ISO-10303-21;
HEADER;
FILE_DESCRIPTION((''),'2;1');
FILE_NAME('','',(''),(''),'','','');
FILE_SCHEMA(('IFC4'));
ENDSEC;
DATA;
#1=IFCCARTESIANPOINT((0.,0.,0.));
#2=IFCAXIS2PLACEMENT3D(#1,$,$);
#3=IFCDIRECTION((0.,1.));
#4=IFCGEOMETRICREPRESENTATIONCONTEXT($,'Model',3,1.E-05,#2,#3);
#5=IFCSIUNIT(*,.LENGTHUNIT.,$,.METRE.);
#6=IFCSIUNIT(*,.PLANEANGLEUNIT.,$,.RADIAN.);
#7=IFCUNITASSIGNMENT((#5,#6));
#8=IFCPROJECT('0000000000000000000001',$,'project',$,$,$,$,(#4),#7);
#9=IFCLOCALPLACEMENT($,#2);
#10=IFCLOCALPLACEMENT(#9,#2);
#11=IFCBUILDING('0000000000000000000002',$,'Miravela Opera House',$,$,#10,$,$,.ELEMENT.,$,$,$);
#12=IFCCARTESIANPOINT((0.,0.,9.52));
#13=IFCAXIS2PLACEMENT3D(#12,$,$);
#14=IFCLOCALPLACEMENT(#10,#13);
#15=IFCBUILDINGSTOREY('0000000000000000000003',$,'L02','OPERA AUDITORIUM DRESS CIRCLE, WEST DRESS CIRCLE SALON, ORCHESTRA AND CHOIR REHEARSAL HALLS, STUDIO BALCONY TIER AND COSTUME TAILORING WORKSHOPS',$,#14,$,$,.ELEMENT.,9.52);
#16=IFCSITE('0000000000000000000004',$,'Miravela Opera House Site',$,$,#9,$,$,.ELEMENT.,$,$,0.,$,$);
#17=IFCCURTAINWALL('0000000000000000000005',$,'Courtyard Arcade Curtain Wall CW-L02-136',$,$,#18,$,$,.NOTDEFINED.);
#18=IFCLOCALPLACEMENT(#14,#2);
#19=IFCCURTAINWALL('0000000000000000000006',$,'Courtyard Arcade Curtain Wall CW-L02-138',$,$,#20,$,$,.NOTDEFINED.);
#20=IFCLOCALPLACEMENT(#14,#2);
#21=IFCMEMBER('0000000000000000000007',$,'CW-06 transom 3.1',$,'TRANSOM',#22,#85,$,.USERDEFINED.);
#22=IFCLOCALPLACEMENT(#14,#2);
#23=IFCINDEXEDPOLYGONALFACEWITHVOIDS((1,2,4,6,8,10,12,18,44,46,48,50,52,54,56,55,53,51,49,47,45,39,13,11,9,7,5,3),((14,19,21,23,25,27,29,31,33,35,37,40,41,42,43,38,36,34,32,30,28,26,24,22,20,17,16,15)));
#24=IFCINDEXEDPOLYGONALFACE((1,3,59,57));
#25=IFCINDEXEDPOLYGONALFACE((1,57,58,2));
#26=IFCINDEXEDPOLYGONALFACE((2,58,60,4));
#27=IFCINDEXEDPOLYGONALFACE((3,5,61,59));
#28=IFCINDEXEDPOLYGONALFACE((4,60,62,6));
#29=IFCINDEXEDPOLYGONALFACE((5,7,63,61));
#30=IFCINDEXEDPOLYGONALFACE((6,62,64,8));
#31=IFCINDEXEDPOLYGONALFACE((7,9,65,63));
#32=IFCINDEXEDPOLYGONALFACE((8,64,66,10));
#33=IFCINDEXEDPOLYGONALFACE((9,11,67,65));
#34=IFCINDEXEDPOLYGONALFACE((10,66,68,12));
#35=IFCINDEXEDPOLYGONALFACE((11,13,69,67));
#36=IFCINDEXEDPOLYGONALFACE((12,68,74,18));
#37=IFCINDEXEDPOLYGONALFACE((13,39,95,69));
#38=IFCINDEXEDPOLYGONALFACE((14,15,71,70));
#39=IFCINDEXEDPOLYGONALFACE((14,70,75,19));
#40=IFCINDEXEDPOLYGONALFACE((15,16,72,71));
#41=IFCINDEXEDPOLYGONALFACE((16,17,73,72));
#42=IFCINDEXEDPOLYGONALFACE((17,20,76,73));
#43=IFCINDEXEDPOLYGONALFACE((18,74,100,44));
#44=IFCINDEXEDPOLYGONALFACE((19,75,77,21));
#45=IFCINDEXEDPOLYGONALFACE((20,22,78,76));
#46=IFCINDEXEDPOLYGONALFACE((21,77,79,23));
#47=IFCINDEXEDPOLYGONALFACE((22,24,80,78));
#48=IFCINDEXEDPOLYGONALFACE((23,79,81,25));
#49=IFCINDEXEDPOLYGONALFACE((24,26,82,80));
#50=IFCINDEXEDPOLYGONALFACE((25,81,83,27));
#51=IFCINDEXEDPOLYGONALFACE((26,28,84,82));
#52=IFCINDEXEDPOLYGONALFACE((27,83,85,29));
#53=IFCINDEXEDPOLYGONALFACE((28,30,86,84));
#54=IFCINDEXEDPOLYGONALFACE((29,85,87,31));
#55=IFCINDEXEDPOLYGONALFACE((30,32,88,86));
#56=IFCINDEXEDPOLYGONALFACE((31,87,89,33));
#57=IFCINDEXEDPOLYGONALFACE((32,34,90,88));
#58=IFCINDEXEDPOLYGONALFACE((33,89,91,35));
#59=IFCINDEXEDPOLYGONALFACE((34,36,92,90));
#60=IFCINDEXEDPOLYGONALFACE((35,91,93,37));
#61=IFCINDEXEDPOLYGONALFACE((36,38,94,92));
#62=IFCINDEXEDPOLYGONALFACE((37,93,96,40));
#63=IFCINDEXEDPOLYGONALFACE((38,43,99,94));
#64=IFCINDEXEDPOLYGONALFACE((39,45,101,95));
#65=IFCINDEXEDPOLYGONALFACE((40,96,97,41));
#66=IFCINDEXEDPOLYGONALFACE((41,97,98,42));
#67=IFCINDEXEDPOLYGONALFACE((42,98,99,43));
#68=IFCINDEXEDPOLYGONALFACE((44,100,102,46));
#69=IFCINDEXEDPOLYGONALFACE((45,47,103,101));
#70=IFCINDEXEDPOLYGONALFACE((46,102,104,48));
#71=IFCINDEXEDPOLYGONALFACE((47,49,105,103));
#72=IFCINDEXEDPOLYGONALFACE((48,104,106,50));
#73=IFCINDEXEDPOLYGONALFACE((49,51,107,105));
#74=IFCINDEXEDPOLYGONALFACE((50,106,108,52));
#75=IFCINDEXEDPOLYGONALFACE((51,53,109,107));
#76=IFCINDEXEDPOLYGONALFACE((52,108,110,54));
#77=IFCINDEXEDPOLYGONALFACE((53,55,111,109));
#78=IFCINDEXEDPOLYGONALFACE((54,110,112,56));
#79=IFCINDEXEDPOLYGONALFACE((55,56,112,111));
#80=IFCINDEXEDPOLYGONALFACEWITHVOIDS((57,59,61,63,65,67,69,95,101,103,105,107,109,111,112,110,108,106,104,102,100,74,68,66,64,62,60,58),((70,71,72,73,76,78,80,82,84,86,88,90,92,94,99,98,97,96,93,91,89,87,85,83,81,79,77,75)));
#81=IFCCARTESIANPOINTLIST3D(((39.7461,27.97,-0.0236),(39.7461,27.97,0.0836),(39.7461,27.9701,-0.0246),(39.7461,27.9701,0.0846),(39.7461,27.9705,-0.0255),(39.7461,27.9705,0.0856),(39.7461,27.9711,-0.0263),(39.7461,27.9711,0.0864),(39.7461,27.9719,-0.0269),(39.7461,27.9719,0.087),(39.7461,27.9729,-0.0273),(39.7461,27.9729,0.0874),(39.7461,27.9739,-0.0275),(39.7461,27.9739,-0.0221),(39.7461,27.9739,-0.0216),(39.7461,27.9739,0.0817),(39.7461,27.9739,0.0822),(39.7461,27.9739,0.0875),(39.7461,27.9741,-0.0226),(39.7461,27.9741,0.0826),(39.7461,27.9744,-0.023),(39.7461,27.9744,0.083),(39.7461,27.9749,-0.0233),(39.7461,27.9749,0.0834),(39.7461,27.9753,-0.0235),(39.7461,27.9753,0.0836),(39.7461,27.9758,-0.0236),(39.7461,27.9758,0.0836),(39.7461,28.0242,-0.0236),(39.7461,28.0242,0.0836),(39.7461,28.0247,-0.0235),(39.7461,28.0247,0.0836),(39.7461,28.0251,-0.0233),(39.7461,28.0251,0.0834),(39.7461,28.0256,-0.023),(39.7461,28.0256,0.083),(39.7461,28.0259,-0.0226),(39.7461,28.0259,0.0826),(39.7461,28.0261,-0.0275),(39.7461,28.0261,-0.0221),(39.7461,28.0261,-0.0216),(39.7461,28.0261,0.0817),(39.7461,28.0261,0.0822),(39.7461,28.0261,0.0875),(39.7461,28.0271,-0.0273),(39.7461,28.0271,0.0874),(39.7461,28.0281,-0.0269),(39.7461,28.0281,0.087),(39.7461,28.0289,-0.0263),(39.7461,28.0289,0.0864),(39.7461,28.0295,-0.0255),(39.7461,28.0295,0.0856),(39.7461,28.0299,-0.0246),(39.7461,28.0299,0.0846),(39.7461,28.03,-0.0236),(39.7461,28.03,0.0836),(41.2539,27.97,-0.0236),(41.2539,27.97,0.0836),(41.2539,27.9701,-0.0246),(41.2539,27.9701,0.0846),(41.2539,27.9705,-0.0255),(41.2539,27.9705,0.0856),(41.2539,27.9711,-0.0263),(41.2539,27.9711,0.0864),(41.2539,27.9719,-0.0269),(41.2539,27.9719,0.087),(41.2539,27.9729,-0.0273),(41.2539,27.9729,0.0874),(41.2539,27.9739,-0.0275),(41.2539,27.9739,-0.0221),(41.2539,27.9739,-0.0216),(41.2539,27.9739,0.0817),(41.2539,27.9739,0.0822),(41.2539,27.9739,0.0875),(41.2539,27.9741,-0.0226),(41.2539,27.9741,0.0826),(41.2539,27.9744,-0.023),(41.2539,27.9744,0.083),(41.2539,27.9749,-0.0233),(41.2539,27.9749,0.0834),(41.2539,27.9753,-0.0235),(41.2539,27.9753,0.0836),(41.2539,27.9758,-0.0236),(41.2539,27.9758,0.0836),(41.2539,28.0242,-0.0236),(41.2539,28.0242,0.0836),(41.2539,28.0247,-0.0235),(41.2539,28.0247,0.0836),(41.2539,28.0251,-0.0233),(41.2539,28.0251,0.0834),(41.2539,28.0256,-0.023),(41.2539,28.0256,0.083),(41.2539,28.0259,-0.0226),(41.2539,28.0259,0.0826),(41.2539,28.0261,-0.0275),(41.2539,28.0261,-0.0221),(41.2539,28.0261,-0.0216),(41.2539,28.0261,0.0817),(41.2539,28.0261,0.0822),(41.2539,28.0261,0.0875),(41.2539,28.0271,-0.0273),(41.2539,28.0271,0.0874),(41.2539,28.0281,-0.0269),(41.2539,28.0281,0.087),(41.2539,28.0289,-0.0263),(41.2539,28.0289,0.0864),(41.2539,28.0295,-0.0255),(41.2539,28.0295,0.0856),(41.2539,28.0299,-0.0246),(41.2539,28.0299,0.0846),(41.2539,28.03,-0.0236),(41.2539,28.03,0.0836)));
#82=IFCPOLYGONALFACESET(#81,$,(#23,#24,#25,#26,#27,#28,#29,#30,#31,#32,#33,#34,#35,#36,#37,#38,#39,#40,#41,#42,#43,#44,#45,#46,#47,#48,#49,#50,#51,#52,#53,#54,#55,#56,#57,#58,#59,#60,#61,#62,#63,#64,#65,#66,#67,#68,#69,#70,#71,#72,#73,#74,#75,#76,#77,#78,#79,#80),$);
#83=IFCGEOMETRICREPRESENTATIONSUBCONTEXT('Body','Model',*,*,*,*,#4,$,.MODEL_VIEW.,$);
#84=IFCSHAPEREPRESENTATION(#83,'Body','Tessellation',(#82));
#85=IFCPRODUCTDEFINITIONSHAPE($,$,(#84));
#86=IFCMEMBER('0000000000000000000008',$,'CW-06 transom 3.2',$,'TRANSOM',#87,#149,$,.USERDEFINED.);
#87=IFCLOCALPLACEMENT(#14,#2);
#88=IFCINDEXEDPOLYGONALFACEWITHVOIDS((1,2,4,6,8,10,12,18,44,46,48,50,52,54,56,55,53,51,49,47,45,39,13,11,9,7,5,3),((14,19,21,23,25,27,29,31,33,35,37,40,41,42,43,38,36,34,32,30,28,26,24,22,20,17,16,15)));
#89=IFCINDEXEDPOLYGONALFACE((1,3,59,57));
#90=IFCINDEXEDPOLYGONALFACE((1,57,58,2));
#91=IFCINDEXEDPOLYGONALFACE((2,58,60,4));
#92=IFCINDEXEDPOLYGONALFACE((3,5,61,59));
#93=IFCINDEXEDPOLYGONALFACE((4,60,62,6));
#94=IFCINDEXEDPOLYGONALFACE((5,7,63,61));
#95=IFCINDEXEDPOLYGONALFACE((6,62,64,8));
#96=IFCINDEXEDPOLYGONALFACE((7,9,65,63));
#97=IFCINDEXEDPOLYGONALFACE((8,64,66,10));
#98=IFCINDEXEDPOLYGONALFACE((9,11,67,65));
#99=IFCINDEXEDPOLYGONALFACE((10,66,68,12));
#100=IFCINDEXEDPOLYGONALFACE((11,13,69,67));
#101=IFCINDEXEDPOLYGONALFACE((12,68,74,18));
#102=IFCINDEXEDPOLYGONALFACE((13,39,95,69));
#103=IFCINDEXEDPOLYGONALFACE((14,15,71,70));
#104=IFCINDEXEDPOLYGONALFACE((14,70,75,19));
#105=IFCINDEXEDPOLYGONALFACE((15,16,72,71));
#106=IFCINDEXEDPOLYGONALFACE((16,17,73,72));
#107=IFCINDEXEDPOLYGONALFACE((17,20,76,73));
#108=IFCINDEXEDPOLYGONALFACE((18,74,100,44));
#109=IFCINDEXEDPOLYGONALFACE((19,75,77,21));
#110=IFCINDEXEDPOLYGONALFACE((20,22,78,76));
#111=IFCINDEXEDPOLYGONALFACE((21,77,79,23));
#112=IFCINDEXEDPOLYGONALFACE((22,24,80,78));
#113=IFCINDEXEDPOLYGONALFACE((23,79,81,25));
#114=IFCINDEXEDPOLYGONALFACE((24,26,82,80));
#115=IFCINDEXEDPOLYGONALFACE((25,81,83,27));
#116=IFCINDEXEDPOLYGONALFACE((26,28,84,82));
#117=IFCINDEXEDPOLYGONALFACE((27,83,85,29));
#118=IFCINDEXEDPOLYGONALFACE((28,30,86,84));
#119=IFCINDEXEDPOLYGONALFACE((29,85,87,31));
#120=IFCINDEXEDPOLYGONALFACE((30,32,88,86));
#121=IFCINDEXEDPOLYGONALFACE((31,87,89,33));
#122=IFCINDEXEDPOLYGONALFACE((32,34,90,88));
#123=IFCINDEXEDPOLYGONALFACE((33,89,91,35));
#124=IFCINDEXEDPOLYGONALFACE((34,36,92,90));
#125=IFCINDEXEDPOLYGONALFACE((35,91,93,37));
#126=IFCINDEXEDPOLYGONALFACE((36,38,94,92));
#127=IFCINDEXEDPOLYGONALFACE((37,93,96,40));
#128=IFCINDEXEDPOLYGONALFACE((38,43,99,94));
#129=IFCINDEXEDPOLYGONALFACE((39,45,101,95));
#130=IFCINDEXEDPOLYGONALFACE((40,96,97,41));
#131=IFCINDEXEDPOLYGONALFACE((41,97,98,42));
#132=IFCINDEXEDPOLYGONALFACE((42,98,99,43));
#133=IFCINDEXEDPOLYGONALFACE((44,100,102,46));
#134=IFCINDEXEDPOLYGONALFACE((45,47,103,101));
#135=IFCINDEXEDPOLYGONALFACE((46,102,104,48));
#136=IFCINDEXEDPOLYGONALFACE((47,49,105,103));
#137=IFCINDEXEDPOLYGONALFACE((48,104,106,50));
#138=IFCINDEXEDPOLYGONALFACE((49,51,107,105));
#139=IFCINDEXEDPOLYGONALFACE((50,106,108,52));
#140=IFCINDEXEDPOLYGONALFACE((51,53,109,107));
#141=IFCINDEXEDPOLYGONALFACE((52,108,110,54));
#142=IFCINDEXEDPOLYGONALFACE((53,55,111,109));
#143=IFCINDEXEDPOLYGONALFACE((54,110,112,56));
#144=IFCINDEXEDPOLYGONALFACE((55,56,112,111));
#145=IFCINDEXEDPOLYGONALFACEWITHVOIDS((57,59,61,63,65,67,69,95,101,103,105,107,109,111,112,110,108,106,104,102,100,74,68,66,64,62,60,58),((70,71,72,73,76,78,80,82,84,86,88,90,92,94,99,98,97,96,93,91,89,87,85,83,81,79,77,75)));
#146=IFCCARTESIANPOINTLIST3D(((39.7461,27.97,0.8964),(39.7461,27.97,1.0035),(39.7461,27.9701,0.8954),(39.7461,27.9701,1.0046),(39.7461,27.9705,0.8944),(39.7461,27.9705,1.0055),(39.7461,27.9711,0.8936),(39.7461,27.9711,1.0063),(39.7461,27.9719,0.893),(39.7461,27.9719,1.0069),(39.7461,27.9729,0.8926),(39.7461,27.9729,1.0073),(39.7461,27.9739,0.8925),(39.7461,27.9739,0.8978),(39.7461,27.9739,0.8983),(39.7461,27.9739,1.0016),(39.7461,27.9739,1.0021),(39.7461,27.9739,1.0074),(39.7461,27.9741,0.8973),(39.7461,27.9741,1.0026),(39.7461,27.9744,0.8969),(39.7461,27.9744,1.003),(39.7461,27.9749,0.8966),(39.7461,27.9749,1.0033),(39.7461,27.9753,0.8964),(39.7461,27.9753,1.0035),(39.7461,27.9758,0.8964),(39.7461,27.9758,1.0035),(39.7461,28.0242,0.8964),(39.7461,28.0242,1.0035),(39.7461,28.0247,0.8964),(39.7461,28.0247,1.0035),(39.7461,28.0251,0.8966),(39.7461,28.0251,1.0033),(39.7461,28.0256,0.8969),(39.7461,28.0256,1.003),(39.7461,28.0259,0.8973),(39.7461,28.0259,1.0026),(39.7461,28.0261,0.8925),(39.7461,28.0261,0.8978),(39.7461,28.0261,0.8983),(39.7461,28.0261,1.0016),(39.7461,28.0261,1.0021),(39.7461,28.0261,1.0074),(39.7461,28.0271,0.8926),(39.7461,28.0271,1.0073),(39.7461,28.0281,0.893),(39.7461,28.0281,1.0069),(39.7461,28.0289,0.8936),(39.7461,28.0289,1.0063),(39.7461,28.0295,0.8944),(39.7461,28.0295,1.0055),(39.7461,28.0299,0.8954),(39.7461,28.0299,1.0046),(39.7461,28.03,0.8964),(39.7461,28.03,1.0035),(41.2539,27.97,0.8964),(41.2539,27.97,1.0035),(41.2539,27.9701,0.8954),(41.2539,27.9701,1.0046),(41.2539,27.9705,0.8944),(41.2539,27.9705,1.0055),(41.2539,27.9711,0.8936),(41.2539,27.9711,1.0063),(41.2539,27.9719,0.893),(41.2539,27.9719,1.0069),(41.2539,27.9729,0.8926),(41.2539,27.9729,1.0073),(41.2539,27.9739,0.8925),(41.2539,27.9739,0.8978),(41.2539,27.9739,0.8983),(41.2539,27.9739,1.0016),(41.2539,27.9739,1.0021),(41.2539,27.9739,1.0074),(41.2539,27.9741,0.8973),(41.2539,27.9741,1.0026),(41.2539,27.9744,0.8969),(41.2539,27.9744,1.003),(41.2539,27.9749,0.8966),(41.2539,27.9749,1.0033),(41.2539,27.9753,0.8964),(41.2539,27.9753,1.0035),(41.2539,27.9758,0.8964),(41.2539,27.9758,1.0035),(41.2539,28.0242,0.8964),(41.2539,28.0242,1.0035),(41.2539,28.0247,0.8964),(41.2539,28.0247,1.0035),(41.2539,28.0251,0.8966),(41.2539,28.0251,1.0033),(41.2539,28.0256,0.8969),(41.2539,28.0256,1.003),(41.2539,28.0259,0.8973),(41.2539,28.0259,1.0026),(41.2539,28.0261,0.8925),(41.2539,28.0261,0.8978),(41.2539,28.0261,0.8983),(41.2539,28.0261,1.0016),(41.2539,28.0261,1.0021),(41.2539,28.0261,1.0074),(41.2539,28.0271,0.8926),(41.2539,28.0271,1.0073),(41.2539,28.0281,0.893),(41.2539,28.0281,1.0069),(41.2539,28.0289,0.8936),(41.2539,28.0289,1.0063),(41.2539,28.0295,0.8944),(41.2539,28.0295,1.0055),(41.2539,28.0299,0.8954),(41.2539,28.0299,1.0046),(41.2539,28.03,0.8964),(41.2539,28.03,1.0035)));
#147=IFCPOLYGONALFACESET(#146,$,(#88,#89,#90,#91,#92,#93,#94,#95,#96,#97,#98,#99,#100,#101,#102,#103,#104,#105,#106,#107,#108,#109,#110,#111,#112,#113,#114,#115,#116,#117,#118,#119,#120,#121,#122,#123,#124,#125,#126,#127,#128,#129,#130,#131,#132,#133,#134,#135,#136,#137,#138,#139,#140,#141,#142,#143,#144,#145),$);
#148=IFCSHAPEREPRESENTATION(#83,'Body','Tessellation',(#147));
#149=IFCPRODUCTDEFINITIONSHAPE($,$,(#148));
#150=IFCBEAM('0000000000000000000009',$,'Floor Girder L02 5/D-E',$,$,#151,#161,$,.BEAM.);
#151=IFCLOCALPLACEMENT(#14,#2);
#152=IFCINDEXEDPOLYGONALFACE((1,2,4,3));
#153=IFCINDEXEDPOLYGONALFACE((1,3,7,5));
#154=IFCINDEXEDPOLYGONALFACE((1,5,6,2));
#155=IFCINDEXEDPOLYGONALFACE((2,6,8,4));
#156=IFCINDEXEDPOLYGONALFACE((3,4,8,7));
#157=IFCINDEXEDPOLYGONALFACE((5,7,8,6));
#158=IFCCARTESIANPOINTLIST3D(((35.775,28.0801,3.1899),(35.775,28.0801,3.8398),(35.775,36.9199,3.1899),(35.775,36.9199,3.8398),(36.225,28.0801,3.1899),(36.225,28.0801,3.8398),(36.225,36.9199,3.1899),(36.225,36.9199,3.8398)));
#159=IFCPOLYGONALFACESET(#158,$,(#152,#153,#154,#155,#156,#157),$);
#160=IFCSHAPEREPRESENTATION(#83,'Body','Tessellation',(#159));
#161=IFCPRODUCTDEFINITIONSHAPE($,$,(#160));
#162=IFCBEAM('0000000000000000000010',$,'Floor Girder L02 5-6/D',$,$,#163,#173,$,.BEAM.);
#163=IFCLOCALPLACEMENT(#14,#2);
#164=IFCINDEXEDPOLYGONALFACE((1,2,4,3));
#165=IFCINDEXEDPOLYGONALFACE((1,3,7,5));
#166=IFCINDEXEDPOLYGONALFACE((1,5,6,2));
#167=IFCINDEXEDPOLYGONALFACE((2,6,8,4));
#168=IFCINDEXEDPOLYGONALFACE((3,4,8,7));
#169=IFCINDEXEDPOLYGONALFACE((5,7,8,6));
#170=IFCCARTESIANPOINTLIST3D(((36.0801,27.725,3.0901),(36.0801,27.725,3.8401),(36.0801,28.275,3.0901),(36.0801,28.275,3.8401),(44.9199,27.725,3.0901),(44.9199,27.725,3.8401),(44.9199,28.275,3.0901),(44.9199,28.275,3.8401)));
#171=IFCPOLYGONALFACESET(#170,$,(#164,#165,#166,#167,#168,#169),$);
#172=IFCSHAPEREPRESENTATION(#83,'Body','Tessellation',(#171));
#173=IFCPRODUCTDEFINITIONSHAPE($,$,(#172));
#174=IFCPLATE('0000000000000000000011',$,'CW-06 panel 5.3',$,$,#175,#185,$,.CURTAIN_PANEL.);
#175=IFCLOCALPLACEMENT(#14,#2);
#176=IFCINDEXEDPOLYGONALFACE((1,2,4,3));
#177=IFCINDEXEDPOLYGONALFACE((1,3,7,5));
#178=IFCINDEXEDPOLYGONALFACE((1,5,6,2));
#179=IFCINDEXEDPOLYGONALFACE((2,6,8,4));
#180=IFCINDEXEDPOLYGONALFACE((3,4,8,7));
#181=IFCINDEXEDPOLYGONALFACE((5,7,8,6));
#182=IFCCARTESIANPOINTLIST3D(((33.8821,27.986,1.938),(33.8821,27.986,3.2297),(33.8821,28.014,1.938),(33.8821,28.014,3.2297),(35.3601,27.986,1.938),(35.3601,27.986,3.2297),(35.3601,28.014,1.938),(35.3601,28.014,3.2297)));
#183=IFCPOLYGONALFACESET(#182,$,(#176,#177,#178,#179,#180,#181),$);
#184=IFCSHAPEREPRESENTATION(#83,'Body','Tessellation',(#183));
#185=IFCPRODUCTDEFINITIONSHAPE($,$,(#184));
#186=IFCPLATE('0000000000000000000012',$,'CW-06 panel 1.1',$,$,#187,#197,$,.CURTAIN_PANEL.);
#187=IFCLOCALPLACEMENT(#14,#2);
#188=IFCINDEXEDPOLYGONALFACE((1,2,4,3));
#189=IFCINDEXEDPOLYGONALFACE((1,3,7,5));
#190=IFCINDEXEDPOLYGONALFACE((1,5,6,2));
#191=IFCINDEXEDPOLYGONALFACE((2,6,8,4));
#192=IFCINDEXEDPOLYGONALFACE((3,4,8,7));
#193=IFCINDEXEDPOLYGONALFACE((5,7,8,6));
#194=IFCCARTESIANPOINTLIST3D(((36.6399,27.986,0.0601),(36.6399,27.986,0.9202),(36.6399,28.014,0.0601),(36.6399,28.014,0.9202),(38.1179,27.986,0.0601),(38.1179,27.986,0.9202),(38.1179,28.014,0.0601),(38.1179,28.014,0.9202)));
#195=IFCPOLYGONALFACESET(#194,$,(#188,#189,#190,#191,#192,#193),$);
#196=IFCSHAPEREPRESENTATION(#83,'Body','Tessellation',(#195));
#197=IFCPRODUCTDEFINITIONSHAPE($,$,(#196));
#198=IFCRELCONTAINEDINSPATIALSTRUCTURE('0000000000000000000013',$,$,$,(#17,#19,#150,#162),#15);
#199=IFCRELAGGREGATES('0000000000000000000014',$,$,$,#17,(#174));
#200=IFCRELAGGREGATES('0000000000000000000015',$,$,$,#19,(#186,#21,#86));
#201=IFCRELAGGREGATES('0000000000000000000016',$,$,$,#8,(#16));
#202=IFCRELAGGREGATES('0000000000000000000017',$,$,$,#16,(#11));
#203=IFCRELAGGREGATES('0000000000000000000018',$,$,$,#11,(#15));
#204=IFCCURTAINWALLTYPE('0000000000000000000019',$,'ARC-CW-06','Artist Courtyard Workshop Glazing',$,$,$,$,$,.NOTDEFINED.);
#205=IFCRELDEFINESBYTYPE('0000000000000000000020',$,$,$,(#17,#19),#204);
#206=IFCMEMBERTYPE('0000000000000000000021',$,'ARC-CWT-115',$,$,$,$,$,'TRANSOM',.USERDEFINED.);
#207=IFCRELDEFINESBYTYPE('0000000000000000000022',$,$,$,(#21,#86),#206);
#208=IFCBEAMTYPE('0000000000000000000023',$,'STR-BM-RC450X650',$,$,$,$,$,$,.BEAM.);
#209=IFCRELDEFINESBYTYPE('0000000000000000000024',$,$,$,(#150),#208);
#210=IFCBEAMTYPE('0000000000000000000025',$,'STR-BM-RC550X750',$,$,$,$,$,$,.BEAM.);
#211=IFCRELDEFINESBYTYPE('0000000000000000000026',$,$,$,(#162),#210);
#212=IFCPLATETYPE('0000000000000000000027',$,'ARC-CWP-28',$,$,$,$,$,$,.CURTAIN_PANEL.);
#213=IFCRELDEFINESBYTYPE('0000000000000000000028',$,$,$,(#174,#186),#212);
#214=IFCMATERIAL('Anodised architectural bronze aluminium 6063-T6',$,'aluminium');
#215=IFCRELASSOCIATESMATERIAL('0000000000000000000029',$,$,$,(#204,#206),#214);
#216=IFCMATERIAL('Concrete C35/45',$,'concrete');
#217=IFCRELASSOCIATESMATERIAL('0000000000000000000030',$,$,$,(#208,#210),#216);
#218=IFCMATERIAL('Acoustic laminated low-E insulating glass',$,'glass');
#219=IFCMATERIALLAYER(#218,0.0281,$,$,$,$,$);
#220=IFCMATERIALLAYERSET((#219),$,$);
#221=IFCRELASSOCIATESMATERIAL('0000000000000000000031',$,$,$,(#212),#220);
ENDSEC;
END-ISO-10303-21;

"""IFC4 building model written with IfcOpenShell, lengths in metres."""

from ifc_helpers import new_model, si_unit, direction, frame, origin, origin_2d, place, context, subcontext, project, spatial, rectangle, hollow_rectangle, extrude, material, layer, layer_set, material_profile, profile_set, type_object, element, aggregate, save


model = new_model("IFC4")

# Units and contexts
model_context = context("Model", 3, precision=1e-05, world=origin(), true_north=direction((0.0, 1.0)))
body_context = subcontext(model_context, "Body", "Model", "MODEL_VIEW")
ifc_project = project(units=[si_unit("LENGTHUNIT", "METRE"), si_unit("PLANEANGLEUNIT", "RADIAN")], contexts=[model_context])

# Site, building, storey
site_placement = place(None, origin())
site = spatial("IfcSite", under=ifc_project, at=site_placement, Name="Miravela Opera House Site", CompositionType="ELEMENT", RefElevation=0.0)
building_placement = place(site_placement, origin())
building = spatial("IfcBuilding", under=site, at=building_placement, Name="Miravela Opera House", CompositionType="ELEMENT")
storey_placement = place(building_placement, frame((0.0, 0.0, 9.52)))
storey = spatial("IfcBuildingStorey", under=building, at=storey_placement, Name="L02", Description="OPERA AUDITORIUM DRESS CIRCLE, WEST DRESS CIRCLE SALON, ORCHESTRA AND CHOIR REHEARSAL HALLS, STUDIO BALCONY TIER AND COSTUME TAILORING WORKSHOPS", CompositionType="ELEMENT", Elevation=9.52)

# Shared definitions
ifc_material_1 = material(Name="Concrete C35/45", Category="concrete")

# Curtain wall
ifc_material_2 = material(Name="Anodised architectural bronze aluminium 6063-T6", Category="aluminium")
curtain_wall_type = type_object("IfcCurtainWallType", Name="ARC-CW-06", Description="Artist Courtyard Workshop Glazing", PredefinedType="NOTDEFINED", material=ifc_material_2)
curtain_wall_1_placement = place(storey_placement, origin())
curtain_wall_1 = element("IfcCurtainWall", 1, at=curtain_wall_1_placement, inside=storey, type_object=curtain_wall_type, Name="Courtyard Arcade Curtain Wall CW-L02-136", PredefinedType="NOTDEFINED")

# Curtain wall, members
curtain_wall_2_placement = place(storey_placement, origin())
curtain_wall_2 = element("IfcCurtainWall", 2, at=curtain_wall_2_placement, inside=storey, type_object=curtain_wall_type, Name="Courtyard Arcade Curtain Wall CW-L02-138", PredefinedType="NOTDEFINED")
ifc_material_profile_1 = material_profile(ifc_material_2, hollow_rectangle(XDim=0.0601, YDim=0.115, WallThickness=0.0039, InnerFilletRadius=0.002, OuterFilletRadius=0.0039, at=origin_2d()), Name="CWT-60X115")
ifc_profile_set_1 = profile_set([ifc_material_profile_1])
member_type_1 = type_object("IfcMemberType", Name="ARC-CWT-115", ElementType="TRANSOM", PredefinedType="USERDEFINED", material=ifc_profile_set_1)
member_1_placement = place(storey_placement, frame((39.7461, 28.0, 0.03), z_axis=(1.0, 0.0, 0.0), x_axis=(0.0, 1.0, 0.0)))
member_1 = element("IfcMember", 3, at=member_1_placement, type_object=member_type_1, Name="CW-06 transom 3.1", ObjectType="TRANSOM", PredefinedType="USERDEFINED", context=body_context, shape_type="SweptSolid", body=[
    extrude(hollow_rectangle(XDim=0.0601, YDim=0.115, WallThickness=0.0039, InnerFilletRadius=0.002, OuterFilletRadius=0.0039, at=origin_2d()), origin(), (0.0, 0.0, 1.0), 1.5078),
])
member_2_placement = place(storey_placement, frame((39.7461, 28.0, 0.95), z_axis=(1.0, 0.0, 0.0), x_axis=(0.0, 1.0, 0.0)))
member_2 = element("IfcMember", 4, at=member_2_placement, type_object=member_type_1, Name="CW-06 transom 3.2", ObjectType="TRANSOM", PredefinedType="USERDEFINED", context=body_context, shape_type="SweptSolid", body=[
    extrude(hollow_rectangle(XDim=0.0601, YDim=0.115, WallThickness=0.0039, InnerFilletRadius=0.002, OuterFilletRadius=0.0039, at=origin_2d()), origin(), (0.0, 0.0, 1.0), 1.5078),
])

# Beams
ifc_material_profile_2 = material_profile(ifc_material_1, rectangle(XDim=0.45, YDim=0.6499, at=origin_2d()), Name="RC-BM-450X650")
ifc_profile_set_2 = profile_set([ifc_material_profile_2])
beam_type_1 = type_object("IfcBeamType", Name="STR-BM-RC450X650", PredefinedType="BEAM", material=ifc_profile_set_2)
beam_1_placement = place(storey_placement, frame((36.0, 28.0801, 3.5149), z_axis=(0.0, 1.0, 0.0), x_axis=(-1.0, 0.0, 0.0)))
element("IfcBeam", 5, at=beam_1_placement, inside=storey, type_object=beam_type_1, Name="Floor Girder L02 5/D-E", PredefinedType="BEAM", context=body_context, shape_type="SweptSolid", body=[
    extrude(rectangle(XDim=0.45, YDim=0.6499, at=origin_2d()), origin(), (0.0, 0.0, 1.0), 8.8398),
])
ifc_material_profile_3 = material_profile(ifc_material_1, rectangle(XDim=0.55, YDim=0.75, at=origin_2d()), Name="RC-BM-550X750")
ifc_profile_set_3 = profile_set([ifc_material_profile_3])
beam_type_2 = type_object("IfcBeamType", Name="STR-BM-RC550X750", PredefinedType="BEAM", material=ifc_profile_set_3)
beam_2_placement = place(storey_placement, frame((36.0801, 28.0, 3.4651), z_axis=(1.0, 0.0, 0.0), x_axis=(0.0, 1.0, 0.0)))
element("IfcBeam", 6, at=beam_2_placement, inside=storey, type_object=beam_type_2, Name="Floor Girder L02 5-6/D", PredefinedType="BEAM", context=body_context, shape_type="SweptSolid", body=[
    extrude(rectangle(XDim=0.55, YDim=0.75, at=origin_2d()), origin(), (0.0, 0.0, 1.0), 8.8398),
])

# Plates
ifc_material_3 = material(Name="Acoustic laminated low-E insulating glass", Category="glass")
ifc_layer = layer(ifc_material_3, 0.0281)
ifc_layer_set = layer_set([ifc_layer])
plate_type = type_object("IfcPlateType", Name="ARC-CWP-28", PredefinedType="CURTAIN_PANEL", material=ifc_layer_set)
plate_1_placement = place(storey_placement, frame((34.6211, 28.0, 1.938), z_axis=(0.0, 0.0, 1.0), x_axis=(1.0, 0.0, 0.0)))
plate_1 = element("IfcPlate", 7, at=plate_1_placement, type_object=plate_type, Name="CW-06 panel 5.3", PredefinedType="CURTAIN_PANEL", context=body_context, shape_type="SweptSolid", body=[
    extrude(rectangle(XDim=1.478, YDim=0.0281, at=origin_2d()), origin(), (0.0, 0.0, 1.0), 1.2917),
])
aggregate(curtain_wall_1, [plate_1])
plate_2_placement = place(storey_placement, frame((37.3789, 28.0, 0.0601), z_axis=(0.0, 0.0, 1.0), x_axis=(1.0, 0.0, 0.0)))
plate_2 = element("IfcPlate", 8, at=plate_2_placement, type_object=plate_type, Name="CW-06 panel 1.1", PredefinedType="CURTAIN_PANEL", context=body_context, shape_type="SweptSolid", body=[
    extrude(rectangle(XDim=1.478, YDim=0.0281, at=origin_2d()), origin(), (0.0, 0.0, 1.0), 0.8601),
])
aggregate(curtain_wall_2, [plate_2, member_1, member_2])

save(model, "model.ifc")
